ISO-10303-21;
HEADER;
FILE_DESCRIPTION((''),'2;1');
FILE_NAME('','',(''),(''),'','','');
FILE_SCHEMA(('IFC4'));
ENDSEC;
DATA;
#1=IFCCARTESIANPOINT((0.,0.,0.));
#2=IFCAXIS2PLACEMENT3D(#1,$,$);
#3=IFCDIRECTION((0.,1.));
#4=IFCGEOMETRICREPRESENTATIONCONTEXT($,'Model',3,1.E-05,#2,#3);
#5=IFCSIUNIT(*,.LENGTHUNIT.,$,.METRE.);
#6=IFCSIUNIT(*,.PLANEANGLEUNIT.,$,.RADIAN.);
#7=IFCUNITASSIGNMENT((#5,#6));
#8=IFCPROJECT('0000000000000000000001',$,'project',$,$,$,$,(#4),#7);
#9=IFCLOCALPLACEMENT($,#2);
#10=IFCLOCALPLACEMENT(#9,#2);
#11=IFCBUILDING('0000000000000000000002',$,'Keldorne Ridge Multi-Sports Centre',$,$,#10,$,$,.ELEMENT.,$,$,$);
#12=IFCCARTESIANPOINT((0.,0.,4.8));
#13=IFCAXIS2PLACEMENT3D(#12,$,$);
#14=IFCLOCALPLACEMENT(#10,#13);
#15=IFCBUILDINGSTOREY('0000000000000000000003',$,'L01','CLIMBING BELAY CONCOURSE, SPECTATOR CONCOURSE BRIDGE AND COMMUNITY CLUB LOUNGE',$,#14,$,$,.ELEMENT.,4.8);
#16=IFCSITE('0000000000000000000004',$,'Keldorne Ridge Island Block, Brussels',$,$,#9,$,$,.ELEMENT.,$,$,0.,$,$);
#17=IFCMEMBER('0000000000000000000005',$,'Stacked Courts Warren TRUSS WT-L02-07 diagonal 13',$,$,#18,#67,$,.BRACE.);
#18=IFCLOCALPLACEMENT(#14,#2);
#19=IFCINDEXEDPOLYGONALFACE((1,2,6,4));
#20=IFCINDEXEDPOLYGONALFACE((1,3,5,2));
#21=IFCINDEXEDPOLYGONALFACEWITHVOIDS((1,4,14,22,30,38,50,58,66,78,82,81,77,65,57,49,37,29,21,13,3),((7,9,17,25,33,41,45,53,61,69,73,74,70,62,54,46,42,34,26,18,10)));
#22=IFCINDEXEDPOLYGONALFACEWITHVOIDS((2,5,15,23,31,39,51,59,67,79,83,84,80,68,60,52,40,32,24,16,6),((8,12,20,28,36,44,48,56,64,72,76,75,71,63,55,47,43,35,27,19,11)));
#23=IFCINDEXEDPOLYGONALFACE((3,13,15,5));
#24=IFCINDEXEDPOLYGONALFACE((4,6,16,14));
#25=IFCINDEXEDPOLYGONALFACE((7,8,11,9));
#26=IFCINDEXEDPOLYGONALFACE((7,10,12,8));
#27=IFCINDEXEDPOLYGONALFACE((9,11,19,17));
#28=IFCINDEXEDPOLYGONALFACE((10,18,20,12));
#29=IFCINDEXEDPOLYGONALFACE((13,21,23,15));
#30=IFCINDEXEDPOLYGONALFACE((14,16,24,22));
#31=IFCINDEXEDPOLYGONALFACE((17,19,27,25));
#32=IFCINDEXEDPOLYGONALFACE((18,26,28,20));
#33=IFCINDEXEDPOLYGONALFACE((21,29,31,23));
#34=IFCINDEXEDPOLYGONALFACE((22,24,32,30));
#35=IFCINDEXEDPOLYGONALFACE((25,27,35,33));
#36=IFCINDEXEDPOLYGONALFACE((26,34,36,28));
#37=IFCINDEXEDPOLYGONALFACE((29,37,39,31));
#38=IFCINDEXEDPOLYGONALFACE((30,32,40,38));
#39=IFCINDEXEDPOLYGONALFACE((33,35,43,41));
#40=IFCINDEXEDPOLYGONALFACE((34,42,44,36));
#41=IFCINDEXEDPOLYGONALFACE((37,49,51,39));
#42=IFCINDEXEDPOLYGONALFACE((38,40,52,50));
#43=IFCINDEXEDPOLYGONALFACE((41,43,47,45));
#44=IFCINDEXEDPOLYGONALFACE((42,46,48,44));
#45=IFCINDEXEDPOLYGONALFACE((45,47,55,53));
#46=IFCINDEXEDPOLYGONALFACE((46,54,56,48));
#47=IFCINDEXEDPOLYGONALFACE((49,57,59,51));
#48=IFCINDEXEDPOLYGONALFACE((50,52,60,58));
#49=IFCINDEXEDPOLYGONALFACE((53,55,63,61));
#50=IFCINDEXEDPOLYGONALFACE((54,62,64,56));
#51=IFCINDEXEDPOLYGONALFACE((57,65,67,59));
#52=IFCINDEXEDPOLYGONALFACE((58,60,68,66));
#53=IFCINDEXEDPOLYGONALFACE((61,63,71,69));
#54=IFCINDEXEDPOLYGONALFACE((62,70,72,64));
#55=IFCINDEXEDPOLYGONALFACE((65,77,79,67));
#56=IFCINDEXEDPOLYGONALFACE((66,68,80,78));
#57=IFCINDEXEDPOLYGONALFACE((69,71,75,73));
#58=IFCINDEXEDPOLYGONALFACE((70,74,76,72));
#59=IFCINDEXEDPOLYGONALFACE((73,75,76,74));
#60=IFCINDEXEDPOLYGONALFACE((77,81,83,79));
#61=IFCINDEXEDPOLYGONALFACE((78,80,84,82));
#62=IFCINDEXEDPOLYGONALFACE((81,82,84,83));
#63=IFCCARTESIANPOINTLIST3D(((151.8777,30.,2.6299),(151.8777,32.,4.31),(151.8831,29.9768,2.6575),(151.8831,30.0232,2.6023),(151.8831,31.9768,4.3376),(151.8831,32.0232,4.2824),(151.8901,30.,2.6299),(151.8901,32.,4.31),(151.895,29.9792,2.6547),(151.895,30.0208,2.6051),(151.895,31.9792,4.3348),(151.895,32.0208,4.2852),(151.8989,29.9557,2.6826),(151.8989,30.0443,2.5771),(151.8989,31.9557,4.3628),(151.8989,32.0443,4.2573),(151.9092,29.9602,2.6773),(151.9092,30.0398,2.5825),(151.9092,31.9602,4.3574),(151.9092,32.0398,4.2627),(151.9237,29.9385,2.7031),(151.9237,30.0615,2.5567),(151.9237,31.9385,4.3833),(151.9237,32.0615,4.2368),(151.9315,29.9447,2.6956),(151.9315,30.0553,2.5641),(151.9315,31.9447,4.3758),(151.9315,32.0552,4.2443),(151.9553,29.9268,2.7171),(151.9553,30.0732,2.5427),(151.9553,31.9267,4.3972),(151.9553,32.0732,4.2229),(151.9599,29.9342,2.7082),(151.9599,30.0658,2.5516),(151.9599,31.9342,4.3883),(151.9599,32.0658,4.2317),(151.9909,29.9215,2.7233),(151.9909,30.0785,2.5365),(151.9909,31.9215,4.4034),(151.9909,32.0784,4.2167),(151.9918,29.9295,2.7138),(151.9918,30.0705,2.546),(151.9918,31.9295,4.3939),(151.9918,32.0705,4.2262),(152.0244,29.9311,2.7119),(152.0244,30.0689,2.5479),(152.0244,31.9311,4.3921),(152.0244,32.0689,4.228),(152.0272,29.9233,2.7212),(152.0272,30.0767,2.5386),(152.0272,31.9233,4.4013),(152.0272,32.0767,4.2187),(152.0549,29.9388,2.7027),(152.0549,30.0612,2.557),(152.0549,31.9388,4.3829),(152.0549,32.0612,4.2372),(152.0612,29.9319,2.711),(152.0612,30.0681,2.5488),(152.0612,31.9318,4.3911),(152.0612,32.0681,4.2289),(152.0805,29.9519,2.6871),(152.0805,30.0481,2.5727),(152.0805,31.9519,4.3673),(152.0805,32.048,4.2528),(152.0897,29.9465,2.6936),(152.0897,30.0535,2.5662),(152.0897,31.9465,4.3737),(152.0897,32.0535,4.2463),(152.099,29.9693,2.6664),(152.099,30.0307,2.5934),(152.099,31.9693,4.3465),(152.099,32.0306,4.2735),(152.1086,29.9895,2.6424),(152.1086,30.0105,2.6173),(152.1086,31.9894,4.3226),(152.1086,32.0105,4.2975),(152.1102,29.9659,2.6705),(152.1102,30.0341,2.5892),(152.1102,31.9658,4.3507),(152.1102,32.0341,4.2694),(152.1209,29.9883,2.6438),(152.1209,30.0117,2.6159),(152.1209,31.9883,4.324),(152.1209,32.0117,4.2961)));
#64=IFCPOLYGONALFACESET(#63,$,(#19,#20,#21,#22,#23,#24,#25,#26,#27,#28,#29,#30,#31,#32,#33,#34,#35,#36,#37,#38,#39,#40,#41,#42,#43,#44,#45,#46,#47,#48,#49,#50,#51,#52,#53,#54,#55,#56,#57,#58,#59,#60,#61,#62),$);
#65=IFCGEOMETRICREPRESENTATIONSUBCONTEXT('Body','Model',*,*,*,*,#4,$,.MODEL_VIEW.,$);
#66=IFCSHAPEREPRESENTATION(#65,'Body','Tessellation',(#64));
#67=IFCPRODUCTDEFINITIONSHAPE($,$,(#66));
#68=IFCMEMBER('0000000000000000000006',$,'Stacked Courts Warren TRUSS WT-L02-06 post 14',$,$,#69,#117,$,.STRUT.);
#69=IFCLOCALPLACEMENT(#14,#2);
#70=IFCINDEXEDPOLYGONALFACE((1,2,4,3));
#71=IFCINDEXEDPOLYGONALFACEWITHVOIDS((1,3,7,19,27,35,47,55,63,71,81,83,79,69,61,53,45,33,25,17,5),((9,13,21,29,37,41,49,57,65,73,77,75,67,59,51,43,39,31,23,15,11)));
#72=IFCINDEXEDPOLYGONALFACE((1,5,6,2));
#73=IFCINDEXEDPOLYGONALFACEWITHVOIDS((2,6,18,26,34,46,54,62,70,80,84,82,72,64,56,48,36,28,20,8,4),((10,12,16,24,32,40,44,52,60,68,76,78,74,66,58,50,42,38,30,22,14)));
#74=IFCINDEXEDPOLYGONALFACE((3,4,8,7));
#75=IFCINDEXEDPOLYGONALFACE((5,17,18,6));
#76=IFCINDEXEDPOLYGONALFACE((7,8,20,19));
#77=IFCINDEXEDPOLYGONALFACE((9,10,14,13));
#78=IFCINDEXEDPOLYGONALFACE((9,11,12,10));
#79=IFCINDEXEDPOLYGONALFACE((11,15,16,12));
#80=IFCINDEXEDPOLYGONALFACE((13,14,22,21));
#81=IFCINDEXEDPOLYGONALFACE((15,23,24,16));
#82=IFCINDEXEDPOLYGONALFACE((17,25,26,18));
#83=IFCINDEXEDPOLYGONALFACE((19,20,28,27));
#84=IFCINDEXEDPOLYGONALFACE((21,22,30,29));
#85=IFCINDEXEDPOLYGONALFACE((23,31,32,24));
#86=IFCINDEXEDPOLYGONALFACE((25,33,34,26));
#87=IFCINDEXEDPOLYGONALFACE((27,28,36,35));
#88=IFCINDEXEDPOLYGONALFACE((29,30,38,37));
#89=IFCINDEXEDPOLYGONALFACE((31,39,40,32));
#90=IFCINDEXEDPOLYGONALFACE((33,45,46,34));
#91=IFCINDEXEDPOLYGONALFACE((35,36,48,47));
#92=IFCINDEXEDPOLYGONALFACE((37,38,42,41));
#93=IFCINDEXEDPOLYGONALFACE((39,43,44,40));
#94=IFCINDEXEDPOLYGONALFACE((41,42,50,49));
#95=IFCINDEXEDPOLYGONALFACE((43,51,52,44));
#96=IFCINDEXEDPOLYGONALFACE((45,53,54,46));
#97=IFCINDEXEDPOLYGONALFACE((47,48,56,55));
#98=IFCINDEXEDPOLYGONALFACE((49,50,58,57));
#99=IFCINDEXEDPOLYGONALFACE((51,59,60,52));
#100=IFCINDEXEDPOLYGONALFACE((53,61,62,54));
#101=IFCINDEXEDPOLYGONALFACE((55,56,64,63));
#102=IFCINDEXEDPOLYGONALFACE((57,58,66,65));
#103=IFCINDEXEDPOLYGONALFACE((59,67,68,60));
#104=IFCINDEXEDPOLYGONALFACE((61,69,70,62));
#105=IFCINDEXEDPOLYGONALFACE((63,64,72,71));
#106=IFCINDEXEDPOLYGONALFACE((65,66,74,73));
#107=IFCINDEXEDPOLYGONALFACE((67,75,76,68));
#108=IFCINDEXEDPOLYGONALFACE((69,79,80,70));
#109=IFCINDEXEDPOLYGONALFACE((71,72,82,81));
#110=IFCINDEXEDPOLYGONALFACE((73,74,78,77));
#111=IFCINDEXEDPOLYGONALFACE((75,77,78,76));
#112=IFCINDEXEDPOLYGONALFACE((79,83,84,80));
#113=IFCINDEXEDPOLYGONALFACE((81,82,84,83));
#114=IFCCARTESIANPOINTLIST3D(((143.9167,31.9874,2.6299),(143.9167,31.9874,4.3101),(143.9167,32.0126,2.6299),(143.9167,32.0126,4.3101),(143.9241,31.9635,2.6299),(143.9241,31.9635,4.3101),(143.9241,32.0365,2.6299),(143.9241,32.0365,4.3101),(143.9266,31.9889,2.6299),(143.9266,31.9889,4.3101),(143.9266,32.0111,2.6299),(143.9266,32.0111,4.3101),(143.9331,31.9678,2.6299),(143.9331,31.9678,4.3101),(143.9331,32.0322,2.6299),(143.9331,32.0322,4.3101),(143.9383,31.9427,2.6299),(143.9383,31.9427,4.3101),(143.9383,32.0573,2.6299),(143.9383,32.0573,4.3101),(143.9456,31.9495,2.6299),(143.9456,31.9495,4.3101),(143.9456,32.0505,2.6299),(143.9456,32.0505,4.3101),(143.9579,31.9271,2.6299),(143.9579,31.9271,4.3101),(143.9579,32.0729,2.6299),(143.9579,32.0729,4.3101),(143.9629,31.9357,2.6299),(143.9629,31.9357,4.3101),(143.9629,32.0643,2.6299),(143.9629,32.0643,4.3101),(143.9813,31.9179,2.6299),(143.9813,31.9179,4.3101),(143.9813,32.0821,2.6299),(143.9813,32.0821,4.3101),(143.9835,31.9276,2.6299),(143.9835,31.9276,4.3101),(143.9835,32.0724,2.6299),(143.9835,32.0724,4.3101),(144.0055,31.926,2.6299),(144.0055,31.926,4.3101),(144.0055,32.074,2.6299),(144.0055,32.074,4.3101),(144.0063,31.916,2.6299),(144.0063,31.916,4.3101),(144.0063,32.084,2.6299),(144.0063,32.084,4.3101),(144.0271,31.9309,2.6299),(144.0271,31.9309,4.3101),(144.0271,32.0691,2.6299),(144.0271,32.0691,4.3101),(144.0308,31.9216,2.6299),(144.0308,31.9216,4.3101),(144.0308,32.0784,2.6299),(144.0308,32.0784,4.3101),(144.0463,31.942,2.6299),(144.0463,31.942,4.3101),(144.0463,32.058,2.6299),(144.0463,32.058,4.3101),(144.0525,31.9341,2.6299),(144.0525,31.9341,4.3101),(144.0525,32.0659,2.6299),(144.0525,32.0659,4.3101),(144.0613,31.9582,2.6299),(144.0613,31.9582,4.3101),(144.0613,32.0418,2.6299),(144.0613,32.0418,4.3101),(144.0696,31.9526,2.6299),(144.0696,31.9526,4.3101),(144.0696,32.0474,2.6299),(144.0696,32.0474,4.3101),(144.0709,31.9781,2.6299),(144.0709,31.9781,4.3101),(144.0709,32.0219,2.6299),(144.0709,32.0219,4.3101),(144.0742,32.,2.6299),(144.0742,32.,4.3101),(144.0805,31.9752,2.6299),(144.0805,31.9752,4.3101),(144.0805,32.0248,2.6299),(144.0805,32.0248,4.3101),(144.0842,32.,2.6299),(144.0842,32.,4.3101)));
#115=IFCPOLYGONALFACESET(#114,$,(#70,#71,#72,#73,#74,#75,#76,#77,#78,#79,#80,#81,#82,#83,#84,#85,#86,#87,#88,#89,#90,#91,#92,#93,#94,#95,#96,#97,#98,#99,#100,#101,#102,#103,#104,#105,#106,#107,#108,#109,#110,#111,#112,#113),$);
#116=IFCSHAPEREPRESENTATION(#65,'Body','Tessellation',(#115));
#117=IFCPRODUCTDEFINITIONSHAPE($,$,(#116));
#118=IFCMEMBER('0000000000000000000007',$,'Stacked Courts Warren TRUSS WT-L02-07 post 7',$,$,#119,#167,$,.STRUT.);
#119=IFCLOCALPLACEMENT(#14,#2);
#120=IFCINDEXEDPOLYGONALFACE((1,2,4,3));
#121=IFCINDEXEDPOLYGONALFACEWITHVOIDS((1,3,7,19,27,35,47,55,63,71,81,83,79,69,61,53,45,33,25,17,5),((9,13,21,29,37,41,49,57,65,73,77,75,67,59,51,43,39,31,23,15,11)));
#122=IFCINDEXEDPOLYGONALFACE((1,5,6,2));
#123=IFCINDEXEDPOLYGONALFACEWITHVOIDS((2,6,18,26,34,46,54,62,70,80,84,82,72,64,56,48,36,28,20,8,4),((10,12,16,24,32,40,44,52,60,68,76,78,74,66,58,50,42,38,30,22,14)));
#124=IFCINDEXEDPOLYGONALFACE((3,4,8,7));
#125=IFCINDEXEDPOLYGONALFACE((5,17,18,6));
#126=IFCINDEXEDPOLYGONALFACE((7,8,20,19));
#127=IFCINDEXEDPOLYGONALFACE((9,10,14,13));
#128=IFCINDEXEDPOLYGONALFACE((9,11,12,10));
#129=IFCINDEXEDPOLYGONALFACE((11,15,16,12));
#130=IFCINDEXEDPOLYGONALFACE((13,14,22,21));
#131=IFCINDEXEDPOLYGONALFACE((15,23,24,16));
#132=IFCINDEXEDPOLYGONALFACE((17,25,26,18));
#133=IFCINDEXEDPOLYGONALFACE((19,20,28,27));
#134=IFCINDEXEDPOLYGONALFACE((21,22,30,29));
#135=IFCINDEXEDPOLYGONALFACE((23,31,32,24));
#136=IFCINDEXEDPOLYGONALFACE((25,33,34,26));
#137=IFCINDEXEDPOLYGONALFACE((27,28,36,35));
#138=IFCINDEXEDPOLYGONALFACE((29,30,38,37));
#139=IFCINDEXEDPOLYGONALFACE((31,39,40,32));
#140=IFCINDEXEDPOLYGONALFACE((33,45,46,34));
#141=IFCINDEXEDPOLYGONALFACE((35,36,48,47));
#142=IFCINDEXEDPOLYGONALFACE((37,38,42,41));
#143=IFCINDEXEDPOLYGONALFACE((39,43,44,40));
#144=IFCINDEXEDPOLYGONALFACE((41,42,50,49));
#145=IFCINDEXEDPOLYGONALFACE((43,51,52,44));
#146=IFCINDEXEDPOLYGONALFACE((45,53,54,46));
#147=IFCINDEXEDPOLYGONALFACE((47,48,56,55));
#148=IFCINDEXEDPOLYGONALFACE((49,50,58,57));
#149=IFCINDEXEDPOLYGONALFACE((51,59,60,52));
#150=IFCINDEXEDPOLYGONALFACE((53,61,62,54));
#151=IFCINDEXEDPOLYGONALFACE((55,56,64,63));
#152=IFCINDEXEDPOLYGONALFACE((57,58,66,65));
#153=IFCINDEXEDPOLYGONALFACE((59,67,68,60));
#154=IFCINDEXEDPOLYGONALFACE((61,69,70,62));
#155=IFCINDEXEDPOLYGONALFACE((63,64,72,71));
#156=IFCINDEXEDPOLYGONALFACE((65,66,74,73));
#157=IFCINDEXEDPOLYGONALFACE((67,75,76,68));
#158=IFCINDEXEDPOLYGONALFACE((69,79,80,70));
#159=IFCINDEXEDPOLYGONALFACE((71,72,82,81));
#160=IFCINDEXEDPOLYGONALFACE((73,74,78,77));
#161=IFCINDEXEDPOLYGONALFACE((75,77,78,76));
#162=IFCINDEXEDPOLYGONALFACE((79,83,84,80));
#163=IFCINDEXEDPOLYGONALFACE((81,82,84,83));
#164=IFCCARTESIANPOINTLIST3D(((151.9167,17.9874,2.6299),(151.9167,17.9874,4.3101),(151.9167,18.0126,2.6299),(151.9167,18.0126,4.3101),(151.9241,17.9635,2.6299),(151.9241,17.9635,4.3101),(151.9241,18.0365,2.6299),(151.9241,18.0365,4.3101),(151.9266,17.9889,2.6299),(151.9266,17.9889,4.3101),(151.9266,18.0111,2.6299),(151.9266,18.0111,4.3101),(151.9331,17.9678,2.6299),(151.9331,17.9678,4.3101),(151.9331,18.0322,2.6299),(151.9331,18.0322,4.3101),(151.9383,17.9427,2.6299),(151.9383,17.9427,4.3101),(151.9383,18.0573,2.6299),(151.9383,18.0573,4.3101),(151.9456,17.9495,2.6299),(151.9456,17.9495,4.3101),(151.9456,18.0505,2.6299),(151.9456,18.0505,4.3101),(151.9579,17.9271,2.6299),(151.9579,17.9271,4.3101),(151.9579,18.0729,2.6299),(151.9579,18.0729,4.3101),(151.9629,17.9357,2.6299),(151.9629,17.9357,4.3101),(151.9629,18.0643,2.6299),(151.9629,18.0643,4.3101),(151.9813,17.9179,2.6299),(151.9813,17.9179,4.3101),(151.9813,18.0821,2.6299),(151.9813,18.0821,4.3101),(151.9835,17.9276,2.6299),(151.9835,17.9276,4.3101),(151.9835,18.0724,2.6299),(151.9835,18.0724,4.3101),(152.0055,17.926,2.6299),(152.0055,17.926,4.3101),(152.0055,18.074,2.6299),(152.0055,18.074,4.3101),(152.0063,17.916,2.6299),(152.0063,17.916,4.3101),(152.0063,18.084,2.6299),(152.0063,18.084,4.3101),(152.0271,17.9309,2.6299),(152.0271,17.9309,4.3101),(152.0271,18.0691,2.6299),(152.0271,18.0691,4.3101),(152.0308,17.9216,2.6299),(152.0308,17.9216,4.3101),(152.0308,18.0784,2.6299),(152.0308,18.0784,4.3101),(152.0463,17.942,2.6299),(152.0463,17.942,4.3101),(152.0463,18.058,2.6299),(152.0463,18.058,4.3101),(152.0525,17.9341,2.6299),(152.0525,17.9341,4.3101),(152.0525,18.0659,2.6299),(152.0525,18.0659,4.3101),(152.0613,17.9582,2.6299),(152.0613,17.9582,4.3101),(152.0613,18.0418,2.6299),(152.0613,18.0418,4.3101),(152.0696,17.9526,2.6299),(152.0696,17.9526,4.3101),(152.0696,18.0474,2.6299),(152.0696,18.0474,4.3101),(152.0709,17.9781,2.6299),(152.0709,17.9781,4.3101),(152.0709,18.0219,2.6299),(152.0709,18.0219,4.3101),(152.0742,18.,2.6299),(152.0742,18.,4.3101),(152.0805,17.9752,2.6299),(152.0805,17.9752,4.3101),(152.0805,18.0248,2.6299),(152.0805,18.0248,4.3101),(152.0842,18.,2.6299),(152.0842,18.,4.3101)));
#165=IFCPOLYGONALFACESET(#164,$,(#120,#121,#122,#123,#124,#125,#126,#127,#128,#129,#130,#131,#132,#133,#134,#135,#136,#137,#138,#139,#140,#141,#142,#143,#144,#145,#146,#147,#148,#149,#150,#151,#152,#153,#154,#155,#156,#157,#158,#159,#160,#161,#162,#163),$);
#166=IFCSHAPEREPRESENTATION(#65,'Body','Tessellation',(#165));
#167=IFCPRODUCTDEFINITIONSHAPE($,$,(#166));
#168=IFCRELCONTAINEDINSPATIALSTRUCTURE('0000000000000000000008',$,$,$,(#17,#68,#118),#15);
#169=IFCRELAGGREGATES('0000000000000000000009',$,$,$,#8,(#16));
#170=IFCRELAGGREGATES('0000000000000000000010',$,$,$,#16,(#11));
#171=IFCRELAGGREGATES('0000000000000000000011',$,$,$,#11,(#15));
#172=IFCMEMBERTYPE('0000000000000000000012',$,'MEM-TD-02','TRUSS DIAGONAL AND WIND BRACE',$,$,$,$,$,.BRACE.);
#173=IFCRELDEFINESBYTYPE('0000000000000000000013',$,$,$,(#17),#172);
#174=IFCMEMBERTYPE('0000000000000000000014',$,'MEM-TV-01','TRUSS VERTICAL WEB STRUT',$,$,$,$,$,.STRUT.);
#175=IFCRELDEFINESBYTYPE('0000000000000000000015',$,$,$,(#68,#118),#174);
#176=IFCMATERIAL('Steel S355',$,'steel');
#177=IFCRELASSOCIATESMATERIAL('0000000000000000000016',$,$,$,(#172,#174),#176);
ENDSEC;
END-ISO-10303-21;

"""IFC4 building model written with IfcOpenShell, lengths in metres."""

from ifc_helpers import new_model, si_unit, direction, frame, origin, origin_2d, place, context, subcontext, project, spatial, hollow_circle, extrude, material, material_profile, profile_set, type_object, element, save


model = new_model("IFC4")

# Units and contexts
model_context = context("Model", 3, precision=1e-05, world=origin(), true_north=direction((0.0, 1.0)))
body_context = subcontext(model_context, "Body", "Model", "MODEL_VIEW")
ifc_project = project(units=[si_unit("LENGTHUNIT", "METRE"), si_unit("PLANEANGLEUNIT", "RADIAN")], contexts=[model_context])

# Site, building, storey
site_placement = place(None, origin())
site = spatial("IfcSite", under=ifc_project, at=site_placement, Name="Keldorne Ridge Island Block, Brussels", CompositionType="ELEMENT", RefElevation=0.0)
building_placement = place(site_placement, origin())
building = spatial("IfcBuilding", under=site, at=building_placement, Name="Keldorne Ridge Multi-Sports Centre", CompositionType="ELEMENT")
storey_placement = place(building_placement, frame((0.0, 0.0, 4.8)))
storey = spatial("IfcBuildingStorey", under=building, at=storey_placement, Name="L01", Description="CLIMBING BELAY CONCOURSE, SPECTATOR CONCOURSE BRIDGE AND COMMUNITY CLUB LOUNGE", CompositionType="ELEMENT", Elevation=4.8)

# Members
ifc_material = material(Name="Steel S355", Category="steel")
ifc_material_profile_1 = material_profile(ifc_material, hollow_circle(Radius=0.1223, WallThickness=0.0125, at=origin_2d()), Name="CHS 244.5x12.5")
ifc_profile_set_1 = profile_set([ifc_material_profile_1], Name="Steel S355")
member_type_1 = type_object("IfcMemberType", Name="MEM-TD-02", Description="TRUSS DIAGONAL AND WIND BRACE", PredefinedType="BRACE", material=ifc_profile_set_1)
for number, where, z_axis, x_axis, name in (
    (1, (152.0, 30.0, 2.6299), (0.0, 0.765672, 0.643232), (-1.0, 0.0, 0.0), "Stacked Courts Warren TRUSS WT-L02-07 diagonal 13"),
):
    element("IfcMember", number, at=place(storey_placement, frame(where, z_axis=z_axis, x_axis=x_axis)), inside=storey, type_object=member_type_1, Name=name, PredefinedType="BRACE", context=body_context, shape_type="SweptSolid", body=[
        extrude(hollow_circle(Radius=0.1223, WallThickness=0.0125, at=origin_2d()), origin(), (0.0, 0.0, 1.0), 2.6121),
    ])
ifc_material_profile_2 = material_profile(ifc_material, hollow_circle(Radius=0.0842, WallThickness=0.01, at=origin_2d()), Name="CHS 168.3x10")
ifc_profile_set_2 = profile_set([ifc_material_profile_2], Name="Steel S355")
member_type_2 = type_object("IfcMemberType", Name="MEM-TV-01", Description="TRUSS VERTICAL WEB STRUT", PredefinedType="STRUT", material=ifc_profile_set_2)
for number, where, z_axis, x_axis, name in (
    (2, (144.0, 32.0, 2.6299), (0.0, 0.0, 1.0), (1.0, 0.0, 0.0), "Stacked Courts Warren TRUSS WT-L02-06 post 14"),
    (3, (152.0, 18.0, 2.6299), (0.0, 0.0, 1.0), (1.0, 0.0, 0.0), "Stacked Courts Warren TRUSS WT-L02-07 post 7"),
):
    element("IfcMember", number, at=place(storey_placement, frame(where, z_axis=z_axis, x_axis=x_axis)), inside=storey, type_object=member_type_2, Name=name, PredefinedType="STRUT", context=body_context, shape_type="SweptSolid", body=[
        extrude(hollow_circle(Radius=0.0842, WallThickness=0.01, at=origin_2d()), origin(), (0.0, 0.0, 1.0), 1.6802),
    ])

save(model, "model.ifc")
